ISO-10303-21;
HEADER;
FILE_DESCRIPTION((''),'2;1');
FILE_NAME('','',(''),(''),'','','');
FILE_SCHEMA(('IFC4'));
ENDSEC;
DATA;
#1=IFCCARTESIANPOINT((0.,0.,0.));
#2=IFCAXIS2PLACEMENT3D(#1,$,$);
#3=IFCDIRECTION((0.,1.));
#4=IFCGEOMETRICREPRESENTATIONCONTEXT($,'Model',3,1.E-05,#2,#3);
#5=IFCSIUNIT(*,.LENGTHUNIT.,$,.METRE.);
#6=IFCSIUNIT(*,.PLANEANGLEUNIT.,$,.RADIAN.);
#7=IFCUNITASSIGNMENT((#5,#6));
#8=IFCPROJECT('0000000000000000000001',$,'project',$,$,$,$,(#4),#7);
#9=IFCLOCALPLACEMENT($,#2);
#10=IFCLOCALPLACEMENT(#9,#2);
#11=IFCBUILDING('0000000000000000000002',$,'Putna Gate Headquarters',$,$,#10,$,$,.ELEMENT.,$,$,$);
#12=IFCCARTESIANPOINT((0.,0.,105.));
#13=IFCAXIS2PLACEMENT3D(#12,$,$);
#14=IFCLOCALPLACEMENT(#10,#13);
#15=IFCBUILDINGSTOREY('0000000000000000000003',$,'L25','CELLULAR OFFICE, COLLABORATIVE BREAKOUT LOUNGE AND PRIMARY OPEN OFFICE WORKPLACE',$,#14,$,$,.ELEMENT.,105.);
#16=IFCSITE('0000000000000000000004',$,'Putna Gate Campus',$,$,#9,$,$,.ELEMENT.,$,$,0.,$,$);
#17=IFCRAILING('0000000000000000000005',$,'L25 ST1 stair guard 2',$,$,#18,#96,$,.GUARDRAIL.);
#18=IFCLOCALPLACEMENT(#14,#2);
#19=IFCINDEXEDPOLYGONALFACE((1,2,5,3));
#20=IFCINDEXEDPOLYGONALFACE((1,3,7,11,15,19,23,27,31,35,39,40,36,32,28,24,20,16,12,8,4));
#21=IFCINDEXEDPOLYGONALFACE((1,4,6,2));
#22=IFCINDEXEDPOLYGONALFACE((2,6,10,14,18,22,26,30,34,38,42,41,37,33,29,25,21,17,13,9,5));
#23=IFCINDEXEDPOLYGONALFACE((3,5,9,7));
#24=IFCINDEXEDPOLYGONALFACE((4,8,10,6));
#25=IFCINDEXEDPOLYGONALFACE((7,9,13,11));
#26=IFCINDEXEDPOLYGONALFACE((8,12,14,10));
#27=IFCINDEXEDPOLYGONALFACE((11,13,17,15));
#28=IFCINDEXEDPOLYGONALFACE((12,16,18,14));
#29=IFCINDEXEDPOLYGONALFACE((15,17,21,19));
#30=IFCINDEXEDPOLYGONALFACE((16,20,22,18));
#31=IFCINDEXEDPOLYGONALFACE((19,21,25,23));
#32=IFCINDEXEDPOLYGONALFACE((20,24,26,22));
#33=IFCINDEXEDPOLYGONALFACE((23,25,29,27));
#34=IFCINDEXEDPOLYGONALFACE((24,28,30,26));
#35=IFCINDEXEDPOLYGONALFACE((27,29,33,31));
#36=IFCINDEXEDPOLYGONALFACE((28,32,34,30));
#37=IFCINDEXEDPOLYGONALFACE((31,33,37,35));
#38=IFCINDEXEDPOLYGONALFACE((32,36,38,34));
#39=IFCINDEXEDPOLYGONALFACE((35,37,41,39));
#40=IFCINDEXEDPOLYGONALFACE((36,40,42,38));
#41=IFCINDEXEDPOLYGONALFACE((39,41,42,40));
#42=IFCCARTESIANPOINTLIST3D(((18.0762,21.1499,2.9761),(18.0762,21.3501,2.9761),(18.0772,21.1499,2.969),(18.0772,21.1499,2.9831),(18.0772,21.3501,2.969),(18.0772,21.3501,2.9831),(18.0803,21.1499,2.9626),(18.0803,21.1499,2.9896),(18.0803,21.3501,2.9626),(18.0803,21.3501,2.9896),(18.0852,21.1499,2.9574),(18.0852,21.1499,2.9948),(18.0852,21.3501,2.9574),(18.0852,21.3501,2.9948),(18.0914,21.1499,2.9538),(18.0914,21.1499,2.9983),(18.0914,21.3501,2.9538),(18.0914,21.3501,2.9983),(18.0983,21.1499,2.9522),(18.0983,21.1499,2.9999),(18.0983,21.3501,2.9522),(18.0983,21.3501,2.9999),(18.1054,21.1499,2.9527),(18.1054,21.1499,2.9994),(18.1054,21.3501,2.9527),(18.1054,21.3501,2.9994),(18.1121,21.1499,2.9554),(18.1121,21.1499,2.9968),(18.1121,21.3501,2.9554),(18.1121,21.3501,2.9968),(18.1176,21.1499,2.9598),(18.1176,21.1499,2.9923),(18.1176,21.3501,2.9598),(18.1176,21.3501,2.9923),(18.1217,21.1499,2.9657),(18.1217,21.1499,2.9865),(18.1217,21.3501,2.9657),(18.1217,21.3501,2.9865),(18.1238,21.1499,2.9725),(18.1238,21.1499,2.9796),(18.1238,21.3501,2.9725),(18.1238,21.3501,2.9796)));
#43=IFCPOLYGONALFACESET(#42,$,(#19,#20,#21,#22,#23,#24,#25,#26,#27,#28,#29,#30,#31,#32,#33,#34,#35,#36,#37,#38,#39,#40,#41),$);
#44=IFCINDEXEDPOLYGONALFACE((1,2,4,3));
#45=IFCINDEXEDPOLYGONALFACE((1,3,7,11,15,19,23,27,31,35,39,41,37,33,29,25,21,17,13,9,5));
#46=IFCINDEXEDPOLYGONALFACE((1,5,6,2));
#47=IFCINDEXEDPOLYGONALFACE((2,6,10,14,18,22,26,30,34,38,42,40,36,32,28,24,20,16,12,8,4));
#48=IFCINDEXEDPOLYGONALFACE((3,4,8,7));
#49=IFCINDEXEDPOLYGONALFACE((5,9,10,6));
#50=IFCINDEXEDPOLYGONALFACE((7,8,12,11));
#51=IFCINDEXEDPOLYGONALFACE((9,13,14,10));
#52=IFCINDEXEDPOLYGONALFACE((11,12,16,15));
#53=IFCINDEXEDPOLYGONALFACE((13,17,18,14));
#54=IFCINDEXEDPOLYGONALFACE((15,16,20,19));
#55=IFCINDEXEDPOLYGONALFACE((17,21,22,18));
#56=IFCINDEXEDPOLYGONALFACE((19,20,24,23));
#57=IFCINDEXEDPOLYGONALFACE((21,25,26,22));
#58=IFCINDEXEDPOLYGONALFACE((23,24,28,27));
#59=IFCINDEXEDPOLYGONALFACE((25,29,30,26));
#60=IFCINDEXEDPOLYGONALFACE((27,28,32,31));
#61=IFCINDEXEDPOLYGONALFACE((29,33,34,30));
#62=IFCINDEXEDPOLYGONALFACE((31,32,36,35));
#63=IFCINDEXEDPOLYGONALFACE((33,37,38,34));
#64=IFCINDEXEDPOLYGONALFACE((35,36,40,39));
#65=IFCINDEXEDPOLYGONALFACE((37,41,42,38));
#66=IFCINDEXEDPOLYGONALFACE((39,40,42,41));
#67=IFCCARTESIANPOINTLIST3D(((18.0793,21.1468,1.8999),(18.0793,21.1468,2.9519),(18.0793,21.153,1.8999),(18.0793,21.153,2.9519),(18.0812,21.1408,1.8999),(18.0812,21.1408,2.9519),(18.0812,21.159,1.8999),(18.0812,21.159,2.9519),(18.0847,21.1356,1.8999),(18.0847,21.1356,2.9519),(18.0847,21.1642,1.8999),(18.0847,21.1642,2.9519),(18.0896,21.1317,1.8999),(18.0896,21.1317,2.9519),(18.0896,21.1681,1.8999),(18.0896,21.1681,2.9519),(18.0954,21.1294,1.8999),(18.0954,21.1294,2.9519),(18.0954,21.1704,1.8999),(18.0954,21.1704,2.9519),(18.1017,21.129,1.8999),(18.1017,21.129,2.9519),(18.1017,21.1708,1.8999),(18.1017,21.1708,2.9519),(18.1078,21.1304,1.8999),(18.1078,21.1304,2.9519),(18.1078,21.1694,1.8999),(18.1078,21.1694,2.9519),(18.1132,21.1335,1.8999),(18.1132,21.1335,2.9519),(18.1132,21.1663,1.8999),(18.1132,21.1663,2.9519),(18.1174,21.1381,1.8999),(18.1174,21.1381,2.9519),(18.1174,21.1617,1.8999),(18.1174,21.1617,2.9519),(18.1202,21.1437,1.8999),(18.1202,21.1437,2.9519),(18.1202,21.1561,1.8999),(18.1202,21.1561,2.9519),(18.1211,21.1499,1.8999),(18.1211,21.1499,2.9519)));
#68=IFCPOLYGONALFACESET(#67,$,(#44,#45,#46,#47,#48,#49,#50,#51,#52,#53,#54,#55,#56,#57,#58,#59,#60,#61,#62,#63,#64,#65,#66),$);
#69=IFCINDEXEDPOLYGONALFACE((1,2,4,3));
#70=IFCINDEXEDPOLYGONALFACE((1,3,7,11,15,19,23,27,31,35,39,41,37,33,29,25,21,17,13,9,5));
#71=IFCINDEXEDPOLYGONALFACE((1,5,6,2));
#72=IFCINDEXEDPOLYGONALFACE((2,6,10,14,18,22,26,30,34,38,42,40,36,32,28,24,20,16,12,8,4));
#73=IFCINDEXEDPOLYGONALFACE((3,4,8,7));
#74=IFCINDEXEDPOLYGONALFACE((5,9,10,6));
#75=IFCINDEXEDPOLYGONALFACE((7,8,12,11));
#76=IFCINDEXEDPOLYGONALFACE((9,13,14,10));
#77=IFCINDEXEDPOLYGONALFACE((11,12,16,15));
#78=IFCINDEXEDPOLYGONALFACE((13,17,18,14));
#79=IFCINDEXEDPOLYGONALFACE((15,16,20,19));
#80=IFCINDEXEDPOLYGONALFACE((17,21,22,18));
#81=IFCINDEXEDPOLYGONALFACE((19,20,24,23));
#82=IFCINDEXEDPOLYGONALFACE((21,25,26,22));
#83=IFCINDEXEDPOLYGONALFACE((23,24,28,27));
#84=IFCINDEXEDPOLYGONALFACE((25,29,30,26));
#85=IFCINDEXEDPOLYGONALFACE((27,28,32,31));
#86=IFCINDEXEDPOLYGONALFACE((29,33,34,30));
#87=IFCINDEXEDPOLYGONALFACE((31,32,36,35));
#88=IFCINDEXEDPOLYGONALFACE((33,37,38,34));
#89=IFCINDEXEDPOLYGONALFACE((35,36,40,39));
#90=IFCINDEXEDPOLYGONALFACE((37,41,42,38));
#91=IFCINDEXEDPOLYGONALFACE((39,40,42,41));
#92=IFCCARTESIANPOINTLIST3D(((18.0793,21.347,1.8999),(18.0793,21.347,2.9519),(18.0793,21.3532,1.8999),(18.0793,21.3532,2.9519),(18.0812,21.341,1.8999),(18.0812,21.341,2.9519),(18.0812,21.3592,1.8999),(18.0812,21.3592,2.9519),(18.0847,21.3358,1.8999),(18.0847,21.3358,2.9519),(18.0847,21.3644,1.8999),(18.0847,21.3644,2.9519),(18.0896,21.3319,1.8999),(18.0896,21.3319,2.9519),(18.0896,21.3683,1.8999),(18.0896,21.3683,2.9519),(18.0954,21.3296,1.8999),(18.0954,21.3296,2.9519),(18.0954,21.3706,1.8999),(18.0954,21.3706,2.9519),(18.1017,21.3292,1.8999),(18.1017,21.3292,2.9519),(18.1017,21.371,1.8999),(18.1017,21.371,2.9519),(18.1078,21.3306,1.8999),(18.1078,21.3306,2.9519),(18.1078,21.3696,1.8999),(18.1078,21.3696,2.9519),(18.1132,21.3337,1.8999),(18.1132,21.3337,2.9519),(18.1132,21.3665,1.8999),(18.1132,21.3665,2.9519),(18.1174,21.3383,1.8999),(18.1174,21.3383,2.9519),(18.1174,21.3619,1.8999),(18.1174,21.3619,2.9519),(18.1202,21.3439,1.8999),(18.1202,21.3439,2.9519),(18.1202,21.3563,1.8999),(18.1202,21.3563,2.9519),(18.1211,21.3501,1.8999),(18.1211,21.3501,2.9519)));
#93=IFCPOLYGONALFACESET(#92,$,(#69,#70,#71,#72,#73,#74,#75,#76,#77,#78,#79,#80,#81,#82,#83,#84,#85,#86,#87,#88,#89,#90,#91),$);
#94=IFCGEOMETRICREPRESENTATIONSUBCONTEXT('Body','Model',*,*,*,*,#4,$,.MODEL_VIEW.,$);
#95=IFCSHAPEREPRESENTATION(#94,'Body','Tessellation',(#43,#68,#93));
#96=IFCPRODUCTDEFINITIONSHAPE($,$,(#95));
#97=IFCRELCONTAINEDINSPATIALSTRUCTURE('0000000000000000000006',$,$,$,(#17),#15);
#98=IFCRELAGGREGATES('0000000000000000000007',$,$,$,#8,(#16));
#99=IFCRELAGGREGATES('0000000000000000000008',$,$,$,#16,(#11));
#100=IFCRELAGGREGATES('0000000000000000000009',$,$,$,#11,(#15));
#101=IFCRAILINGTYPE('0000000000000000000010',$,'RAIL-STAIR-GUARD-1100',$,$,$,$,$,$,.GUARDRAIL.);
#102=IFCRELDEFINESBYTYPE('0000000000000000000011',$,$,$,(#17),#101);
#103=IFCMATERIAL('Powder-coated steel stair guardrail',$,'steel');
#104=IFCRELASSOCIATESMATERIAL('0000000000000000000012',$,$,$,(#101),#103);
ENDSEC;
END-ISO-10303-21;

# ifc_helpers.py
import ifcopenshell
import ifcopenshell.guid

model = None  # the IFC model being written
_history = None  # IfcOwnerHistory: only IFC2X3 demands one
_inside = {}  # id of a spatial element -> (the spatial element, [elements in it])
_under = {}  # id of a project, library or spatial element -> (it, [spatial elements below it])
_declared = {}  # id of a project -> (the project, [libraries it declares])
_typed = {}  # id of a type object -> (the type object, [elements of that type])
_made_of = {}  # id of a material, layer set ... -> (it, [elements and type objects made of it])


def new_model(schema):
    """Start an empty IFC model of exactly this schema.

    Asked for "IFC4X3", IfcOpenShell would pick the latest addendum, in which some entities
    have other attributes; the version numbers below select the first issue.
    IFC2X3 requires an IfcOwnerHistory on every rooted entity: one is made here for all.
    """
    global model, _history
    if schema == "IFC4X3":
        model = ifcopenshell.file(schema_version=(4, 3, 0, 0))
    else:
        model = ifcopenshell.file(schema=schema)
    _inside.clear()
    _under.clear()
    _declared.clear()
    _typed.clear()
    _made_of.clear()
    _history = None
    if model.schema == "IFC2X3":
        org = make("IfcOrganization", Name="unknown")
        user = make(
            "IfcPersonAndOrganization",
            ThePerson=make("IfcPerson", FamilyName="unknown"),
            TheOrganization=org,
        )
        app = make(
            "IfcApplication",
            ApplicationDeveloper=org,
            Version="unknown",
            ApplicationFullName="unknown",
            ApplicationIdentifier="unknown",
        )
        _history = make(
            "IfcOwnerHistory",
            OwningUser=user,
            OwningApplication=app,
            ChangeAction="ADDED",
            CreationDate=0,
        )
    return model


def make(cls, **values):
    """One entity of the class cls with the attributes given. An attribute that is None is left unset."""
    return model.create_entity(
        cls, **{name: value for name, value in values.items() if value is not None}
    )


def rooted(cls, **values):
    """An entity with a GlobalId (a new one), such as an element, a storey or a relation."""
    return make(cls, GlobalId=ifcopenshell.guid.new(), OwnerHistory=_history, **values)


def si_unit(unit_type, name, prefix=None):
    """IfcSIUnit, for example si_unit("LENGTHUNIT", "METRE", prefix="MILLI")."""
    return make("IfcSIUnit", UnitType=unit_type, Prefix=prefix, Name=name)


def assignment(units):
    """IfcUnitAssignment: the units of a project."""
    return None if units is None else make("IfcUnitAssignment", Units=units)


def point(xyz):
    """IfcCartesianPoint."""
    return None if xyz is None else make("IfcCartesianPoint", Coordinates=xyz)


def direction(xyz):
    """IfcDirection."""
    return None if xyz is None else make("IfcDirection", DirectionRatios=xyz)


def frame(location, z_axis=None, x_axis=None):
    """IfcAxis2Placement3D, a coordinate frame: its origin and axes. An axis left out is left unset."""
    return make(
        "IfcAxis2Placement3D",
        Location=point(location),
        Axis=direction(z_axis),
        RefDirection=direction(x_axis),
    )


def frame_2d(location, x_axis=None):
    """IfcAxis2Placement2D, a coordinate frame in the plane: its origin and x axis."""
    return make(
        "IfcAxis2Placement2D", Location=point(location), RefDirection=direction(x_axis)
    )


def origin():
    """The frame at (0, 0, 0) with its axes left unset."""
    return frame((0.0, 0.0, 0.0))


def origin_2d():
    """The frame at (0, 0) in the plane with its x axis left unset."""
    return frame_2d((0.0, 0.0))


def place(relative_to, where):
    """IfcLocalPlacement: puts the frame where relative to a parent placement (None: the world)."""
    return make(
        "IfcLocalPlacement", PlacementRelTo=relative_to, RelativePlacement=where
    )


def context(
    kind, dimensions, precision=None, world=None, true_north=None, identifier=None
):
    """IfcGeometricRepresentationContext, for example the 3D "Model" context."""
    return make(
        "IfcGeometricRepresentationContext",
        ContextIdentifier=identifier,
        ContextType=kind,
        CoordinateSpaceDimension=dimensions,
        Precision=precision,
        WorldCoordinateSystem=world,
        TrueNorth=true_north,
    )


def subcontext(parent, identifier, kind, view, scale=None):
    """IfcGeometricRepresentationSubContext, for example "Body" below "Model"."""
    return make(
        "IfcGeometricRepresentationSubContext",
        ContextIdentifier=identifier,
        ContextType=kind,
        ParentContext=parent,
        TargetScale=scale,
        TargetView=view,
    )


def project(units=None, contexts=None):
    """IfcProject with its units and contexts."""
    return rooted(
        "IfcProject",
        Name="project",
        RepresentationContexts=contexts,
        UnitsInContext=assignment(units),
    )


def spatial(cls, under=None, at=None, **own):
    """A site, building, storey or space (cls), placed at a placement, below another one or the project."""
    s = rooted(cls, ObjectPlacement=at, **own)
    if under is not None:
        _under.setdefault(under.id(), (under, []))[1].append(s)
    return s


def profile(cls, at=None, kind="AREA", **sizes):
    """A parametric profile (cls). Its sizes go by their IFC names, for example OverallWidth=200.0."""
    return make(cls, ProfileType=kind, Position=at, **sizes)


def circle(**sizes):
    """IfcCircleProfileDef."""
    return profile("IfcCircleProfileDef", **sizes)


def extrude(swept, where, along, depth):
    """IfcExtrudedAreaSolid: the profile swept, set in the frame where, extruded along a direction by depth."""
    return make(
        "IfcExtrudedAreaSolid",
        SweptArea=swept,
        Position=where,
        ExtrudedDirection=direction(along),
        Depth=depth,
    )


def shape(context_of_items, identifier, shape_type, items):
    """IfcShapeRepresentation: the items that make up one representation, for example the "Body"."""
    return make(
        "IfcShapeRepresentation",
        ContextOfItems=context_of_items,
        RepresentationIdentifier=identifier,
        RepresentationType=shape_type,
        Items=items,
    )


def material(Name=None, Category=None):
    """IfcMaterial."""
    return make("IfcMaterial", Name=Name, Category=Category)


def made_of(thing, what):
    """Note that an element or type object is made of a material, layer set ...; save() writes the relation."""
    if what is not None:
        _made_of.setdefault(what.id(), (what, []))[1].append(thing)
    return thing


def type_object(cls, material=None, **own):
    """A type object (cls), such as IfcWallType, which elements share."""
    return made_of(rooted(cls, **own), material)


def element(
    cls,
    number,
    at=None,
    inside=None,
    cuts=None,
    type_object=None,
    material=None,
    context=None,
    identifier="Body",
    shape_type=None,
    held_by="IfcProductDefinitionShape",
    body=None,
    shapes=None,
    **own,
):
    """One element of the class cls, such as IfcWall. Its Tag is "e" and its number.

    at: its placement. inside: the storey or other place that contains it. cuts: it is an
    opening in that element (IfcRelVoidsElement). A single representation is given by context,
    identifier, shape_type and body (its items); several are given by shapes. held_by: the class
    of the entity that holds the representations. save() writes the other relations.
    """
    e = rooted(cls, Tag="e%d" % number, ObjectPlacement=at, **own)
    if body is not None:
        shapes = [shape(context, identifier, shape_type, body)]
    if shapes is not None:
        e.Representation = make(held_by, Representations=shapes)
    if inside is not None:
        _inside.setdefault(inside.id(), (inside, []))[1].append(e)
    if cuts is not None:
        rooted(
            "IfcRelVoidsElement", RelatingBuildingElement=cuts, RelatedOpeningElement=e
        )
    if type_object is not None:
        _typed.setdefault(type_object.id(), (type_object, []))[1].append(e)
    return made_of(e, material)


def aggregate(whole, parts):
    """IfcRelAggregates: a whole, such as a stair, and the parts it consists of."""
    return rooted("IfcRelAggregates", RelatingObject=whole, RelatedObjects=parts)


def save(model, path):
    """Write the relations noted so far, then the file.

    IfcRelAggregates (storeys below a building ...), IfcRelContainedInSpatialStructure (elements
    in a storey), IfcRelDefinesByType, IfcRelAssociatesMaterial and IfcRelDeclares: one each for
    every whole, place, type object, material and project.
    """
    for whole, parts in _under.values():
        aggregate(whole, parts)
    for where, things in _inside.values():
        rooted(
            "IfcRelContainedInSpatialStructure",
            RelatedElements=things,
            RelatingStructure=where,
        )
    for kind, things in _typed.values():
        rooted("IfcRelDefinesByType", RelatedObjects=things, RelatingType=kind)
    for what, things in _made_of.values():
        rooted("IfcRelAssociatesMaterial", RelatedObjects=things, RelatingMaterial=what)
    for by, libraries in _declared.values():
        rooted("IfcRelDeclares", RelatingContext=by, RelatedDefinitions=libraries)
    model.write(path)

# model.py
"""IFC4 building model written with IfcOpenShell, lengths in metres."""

from ifc_helpers import new_model, si_unit, direction, frame, origin, origin_2d, place, context, subcontext, project, spatial, circle, extrude, material, type_object, element, save


model = new_model("IFC4")

# Units and contexts
model_context = context("Model", 3, precision=1e-05, world=origin(), true_north=direction((0.0, 1.0)))
body_context = subcontext(model_context, "Body", "Model", "MODEL_VIEW")
ifc_project = project(units=[si_unit("LENGTHUNIT", "METRE"), si_unit("PLANEANGLEUNIT", "RADIAN")], contexts=[model_context])

# Site, building, storey
site_placement = place(None, origin())
site = spatial("IfcSite", under=ifc_project, at=site_placement, Name="Putna Gate Campus", CompositionType="ELEMENT", RefElevation=0.0)
building_placement = place(site_placement, origin())
building = spatial("IfcBuilding", under=site, at=building_placement, Name="Putna Gate Headquarters", CompositionType="ELEMENT")
storey_placement = place(building_placement, frame((0.0, 0.0, 105.0)))
storey = spatial("IfcBuildingStorey", under=building, at=storey_placement, Name="L25", Description="CELLULAR OFFICE, COLLABORATIVE BREAKOUT LOUNGE AND PRIMARY OPEN OFFICE WORKPLACE", CompositionType="ELEMENT", Elevation=105.0)

# Railing
ifc_material_1 = material(Name="Powder-coated steel stair guardrail", Category="steel")
railing_type_1 = type_object("IfcRailingType", Name="RAIL-STAIR-GUARD-1100", PredefinedType="GUARDRAIL", material=ifc_material_1)
railing_1_placement = place(storey_placement, frame((18.1001, 21.1499, 1.8999)))
element("IfcRailing", 1, at=railing_1_placement, inside=storey, type_object=railing_type_1, Name="L25 ST1 stair guard 2", PredefinedType="GUARDRAIL", context=body_context, shape_type="SweptSolid", body=[
    extrude(circle(Radius=0.0239, at=origin_2d()), frame((0.0, 0.0, 1.0762), z_axis=(0.0, 1.0, 0.0), x_axis=(-1.0, 0.0, 0.0)), (0.0, 0.0, 1.0), 0.2002),
    extrude(circle(Radius=0.021, at=origin_2d()), origin(), (0.0, 0.0, 1.0), 1.052),
    extrude(circle(Radius=0.021, at=origin_2d()), frame((0.0, 0.2002, 0.0)), (0.0, 0.0, 1.0), 1.052),
])

save(model, "model.ifc")
